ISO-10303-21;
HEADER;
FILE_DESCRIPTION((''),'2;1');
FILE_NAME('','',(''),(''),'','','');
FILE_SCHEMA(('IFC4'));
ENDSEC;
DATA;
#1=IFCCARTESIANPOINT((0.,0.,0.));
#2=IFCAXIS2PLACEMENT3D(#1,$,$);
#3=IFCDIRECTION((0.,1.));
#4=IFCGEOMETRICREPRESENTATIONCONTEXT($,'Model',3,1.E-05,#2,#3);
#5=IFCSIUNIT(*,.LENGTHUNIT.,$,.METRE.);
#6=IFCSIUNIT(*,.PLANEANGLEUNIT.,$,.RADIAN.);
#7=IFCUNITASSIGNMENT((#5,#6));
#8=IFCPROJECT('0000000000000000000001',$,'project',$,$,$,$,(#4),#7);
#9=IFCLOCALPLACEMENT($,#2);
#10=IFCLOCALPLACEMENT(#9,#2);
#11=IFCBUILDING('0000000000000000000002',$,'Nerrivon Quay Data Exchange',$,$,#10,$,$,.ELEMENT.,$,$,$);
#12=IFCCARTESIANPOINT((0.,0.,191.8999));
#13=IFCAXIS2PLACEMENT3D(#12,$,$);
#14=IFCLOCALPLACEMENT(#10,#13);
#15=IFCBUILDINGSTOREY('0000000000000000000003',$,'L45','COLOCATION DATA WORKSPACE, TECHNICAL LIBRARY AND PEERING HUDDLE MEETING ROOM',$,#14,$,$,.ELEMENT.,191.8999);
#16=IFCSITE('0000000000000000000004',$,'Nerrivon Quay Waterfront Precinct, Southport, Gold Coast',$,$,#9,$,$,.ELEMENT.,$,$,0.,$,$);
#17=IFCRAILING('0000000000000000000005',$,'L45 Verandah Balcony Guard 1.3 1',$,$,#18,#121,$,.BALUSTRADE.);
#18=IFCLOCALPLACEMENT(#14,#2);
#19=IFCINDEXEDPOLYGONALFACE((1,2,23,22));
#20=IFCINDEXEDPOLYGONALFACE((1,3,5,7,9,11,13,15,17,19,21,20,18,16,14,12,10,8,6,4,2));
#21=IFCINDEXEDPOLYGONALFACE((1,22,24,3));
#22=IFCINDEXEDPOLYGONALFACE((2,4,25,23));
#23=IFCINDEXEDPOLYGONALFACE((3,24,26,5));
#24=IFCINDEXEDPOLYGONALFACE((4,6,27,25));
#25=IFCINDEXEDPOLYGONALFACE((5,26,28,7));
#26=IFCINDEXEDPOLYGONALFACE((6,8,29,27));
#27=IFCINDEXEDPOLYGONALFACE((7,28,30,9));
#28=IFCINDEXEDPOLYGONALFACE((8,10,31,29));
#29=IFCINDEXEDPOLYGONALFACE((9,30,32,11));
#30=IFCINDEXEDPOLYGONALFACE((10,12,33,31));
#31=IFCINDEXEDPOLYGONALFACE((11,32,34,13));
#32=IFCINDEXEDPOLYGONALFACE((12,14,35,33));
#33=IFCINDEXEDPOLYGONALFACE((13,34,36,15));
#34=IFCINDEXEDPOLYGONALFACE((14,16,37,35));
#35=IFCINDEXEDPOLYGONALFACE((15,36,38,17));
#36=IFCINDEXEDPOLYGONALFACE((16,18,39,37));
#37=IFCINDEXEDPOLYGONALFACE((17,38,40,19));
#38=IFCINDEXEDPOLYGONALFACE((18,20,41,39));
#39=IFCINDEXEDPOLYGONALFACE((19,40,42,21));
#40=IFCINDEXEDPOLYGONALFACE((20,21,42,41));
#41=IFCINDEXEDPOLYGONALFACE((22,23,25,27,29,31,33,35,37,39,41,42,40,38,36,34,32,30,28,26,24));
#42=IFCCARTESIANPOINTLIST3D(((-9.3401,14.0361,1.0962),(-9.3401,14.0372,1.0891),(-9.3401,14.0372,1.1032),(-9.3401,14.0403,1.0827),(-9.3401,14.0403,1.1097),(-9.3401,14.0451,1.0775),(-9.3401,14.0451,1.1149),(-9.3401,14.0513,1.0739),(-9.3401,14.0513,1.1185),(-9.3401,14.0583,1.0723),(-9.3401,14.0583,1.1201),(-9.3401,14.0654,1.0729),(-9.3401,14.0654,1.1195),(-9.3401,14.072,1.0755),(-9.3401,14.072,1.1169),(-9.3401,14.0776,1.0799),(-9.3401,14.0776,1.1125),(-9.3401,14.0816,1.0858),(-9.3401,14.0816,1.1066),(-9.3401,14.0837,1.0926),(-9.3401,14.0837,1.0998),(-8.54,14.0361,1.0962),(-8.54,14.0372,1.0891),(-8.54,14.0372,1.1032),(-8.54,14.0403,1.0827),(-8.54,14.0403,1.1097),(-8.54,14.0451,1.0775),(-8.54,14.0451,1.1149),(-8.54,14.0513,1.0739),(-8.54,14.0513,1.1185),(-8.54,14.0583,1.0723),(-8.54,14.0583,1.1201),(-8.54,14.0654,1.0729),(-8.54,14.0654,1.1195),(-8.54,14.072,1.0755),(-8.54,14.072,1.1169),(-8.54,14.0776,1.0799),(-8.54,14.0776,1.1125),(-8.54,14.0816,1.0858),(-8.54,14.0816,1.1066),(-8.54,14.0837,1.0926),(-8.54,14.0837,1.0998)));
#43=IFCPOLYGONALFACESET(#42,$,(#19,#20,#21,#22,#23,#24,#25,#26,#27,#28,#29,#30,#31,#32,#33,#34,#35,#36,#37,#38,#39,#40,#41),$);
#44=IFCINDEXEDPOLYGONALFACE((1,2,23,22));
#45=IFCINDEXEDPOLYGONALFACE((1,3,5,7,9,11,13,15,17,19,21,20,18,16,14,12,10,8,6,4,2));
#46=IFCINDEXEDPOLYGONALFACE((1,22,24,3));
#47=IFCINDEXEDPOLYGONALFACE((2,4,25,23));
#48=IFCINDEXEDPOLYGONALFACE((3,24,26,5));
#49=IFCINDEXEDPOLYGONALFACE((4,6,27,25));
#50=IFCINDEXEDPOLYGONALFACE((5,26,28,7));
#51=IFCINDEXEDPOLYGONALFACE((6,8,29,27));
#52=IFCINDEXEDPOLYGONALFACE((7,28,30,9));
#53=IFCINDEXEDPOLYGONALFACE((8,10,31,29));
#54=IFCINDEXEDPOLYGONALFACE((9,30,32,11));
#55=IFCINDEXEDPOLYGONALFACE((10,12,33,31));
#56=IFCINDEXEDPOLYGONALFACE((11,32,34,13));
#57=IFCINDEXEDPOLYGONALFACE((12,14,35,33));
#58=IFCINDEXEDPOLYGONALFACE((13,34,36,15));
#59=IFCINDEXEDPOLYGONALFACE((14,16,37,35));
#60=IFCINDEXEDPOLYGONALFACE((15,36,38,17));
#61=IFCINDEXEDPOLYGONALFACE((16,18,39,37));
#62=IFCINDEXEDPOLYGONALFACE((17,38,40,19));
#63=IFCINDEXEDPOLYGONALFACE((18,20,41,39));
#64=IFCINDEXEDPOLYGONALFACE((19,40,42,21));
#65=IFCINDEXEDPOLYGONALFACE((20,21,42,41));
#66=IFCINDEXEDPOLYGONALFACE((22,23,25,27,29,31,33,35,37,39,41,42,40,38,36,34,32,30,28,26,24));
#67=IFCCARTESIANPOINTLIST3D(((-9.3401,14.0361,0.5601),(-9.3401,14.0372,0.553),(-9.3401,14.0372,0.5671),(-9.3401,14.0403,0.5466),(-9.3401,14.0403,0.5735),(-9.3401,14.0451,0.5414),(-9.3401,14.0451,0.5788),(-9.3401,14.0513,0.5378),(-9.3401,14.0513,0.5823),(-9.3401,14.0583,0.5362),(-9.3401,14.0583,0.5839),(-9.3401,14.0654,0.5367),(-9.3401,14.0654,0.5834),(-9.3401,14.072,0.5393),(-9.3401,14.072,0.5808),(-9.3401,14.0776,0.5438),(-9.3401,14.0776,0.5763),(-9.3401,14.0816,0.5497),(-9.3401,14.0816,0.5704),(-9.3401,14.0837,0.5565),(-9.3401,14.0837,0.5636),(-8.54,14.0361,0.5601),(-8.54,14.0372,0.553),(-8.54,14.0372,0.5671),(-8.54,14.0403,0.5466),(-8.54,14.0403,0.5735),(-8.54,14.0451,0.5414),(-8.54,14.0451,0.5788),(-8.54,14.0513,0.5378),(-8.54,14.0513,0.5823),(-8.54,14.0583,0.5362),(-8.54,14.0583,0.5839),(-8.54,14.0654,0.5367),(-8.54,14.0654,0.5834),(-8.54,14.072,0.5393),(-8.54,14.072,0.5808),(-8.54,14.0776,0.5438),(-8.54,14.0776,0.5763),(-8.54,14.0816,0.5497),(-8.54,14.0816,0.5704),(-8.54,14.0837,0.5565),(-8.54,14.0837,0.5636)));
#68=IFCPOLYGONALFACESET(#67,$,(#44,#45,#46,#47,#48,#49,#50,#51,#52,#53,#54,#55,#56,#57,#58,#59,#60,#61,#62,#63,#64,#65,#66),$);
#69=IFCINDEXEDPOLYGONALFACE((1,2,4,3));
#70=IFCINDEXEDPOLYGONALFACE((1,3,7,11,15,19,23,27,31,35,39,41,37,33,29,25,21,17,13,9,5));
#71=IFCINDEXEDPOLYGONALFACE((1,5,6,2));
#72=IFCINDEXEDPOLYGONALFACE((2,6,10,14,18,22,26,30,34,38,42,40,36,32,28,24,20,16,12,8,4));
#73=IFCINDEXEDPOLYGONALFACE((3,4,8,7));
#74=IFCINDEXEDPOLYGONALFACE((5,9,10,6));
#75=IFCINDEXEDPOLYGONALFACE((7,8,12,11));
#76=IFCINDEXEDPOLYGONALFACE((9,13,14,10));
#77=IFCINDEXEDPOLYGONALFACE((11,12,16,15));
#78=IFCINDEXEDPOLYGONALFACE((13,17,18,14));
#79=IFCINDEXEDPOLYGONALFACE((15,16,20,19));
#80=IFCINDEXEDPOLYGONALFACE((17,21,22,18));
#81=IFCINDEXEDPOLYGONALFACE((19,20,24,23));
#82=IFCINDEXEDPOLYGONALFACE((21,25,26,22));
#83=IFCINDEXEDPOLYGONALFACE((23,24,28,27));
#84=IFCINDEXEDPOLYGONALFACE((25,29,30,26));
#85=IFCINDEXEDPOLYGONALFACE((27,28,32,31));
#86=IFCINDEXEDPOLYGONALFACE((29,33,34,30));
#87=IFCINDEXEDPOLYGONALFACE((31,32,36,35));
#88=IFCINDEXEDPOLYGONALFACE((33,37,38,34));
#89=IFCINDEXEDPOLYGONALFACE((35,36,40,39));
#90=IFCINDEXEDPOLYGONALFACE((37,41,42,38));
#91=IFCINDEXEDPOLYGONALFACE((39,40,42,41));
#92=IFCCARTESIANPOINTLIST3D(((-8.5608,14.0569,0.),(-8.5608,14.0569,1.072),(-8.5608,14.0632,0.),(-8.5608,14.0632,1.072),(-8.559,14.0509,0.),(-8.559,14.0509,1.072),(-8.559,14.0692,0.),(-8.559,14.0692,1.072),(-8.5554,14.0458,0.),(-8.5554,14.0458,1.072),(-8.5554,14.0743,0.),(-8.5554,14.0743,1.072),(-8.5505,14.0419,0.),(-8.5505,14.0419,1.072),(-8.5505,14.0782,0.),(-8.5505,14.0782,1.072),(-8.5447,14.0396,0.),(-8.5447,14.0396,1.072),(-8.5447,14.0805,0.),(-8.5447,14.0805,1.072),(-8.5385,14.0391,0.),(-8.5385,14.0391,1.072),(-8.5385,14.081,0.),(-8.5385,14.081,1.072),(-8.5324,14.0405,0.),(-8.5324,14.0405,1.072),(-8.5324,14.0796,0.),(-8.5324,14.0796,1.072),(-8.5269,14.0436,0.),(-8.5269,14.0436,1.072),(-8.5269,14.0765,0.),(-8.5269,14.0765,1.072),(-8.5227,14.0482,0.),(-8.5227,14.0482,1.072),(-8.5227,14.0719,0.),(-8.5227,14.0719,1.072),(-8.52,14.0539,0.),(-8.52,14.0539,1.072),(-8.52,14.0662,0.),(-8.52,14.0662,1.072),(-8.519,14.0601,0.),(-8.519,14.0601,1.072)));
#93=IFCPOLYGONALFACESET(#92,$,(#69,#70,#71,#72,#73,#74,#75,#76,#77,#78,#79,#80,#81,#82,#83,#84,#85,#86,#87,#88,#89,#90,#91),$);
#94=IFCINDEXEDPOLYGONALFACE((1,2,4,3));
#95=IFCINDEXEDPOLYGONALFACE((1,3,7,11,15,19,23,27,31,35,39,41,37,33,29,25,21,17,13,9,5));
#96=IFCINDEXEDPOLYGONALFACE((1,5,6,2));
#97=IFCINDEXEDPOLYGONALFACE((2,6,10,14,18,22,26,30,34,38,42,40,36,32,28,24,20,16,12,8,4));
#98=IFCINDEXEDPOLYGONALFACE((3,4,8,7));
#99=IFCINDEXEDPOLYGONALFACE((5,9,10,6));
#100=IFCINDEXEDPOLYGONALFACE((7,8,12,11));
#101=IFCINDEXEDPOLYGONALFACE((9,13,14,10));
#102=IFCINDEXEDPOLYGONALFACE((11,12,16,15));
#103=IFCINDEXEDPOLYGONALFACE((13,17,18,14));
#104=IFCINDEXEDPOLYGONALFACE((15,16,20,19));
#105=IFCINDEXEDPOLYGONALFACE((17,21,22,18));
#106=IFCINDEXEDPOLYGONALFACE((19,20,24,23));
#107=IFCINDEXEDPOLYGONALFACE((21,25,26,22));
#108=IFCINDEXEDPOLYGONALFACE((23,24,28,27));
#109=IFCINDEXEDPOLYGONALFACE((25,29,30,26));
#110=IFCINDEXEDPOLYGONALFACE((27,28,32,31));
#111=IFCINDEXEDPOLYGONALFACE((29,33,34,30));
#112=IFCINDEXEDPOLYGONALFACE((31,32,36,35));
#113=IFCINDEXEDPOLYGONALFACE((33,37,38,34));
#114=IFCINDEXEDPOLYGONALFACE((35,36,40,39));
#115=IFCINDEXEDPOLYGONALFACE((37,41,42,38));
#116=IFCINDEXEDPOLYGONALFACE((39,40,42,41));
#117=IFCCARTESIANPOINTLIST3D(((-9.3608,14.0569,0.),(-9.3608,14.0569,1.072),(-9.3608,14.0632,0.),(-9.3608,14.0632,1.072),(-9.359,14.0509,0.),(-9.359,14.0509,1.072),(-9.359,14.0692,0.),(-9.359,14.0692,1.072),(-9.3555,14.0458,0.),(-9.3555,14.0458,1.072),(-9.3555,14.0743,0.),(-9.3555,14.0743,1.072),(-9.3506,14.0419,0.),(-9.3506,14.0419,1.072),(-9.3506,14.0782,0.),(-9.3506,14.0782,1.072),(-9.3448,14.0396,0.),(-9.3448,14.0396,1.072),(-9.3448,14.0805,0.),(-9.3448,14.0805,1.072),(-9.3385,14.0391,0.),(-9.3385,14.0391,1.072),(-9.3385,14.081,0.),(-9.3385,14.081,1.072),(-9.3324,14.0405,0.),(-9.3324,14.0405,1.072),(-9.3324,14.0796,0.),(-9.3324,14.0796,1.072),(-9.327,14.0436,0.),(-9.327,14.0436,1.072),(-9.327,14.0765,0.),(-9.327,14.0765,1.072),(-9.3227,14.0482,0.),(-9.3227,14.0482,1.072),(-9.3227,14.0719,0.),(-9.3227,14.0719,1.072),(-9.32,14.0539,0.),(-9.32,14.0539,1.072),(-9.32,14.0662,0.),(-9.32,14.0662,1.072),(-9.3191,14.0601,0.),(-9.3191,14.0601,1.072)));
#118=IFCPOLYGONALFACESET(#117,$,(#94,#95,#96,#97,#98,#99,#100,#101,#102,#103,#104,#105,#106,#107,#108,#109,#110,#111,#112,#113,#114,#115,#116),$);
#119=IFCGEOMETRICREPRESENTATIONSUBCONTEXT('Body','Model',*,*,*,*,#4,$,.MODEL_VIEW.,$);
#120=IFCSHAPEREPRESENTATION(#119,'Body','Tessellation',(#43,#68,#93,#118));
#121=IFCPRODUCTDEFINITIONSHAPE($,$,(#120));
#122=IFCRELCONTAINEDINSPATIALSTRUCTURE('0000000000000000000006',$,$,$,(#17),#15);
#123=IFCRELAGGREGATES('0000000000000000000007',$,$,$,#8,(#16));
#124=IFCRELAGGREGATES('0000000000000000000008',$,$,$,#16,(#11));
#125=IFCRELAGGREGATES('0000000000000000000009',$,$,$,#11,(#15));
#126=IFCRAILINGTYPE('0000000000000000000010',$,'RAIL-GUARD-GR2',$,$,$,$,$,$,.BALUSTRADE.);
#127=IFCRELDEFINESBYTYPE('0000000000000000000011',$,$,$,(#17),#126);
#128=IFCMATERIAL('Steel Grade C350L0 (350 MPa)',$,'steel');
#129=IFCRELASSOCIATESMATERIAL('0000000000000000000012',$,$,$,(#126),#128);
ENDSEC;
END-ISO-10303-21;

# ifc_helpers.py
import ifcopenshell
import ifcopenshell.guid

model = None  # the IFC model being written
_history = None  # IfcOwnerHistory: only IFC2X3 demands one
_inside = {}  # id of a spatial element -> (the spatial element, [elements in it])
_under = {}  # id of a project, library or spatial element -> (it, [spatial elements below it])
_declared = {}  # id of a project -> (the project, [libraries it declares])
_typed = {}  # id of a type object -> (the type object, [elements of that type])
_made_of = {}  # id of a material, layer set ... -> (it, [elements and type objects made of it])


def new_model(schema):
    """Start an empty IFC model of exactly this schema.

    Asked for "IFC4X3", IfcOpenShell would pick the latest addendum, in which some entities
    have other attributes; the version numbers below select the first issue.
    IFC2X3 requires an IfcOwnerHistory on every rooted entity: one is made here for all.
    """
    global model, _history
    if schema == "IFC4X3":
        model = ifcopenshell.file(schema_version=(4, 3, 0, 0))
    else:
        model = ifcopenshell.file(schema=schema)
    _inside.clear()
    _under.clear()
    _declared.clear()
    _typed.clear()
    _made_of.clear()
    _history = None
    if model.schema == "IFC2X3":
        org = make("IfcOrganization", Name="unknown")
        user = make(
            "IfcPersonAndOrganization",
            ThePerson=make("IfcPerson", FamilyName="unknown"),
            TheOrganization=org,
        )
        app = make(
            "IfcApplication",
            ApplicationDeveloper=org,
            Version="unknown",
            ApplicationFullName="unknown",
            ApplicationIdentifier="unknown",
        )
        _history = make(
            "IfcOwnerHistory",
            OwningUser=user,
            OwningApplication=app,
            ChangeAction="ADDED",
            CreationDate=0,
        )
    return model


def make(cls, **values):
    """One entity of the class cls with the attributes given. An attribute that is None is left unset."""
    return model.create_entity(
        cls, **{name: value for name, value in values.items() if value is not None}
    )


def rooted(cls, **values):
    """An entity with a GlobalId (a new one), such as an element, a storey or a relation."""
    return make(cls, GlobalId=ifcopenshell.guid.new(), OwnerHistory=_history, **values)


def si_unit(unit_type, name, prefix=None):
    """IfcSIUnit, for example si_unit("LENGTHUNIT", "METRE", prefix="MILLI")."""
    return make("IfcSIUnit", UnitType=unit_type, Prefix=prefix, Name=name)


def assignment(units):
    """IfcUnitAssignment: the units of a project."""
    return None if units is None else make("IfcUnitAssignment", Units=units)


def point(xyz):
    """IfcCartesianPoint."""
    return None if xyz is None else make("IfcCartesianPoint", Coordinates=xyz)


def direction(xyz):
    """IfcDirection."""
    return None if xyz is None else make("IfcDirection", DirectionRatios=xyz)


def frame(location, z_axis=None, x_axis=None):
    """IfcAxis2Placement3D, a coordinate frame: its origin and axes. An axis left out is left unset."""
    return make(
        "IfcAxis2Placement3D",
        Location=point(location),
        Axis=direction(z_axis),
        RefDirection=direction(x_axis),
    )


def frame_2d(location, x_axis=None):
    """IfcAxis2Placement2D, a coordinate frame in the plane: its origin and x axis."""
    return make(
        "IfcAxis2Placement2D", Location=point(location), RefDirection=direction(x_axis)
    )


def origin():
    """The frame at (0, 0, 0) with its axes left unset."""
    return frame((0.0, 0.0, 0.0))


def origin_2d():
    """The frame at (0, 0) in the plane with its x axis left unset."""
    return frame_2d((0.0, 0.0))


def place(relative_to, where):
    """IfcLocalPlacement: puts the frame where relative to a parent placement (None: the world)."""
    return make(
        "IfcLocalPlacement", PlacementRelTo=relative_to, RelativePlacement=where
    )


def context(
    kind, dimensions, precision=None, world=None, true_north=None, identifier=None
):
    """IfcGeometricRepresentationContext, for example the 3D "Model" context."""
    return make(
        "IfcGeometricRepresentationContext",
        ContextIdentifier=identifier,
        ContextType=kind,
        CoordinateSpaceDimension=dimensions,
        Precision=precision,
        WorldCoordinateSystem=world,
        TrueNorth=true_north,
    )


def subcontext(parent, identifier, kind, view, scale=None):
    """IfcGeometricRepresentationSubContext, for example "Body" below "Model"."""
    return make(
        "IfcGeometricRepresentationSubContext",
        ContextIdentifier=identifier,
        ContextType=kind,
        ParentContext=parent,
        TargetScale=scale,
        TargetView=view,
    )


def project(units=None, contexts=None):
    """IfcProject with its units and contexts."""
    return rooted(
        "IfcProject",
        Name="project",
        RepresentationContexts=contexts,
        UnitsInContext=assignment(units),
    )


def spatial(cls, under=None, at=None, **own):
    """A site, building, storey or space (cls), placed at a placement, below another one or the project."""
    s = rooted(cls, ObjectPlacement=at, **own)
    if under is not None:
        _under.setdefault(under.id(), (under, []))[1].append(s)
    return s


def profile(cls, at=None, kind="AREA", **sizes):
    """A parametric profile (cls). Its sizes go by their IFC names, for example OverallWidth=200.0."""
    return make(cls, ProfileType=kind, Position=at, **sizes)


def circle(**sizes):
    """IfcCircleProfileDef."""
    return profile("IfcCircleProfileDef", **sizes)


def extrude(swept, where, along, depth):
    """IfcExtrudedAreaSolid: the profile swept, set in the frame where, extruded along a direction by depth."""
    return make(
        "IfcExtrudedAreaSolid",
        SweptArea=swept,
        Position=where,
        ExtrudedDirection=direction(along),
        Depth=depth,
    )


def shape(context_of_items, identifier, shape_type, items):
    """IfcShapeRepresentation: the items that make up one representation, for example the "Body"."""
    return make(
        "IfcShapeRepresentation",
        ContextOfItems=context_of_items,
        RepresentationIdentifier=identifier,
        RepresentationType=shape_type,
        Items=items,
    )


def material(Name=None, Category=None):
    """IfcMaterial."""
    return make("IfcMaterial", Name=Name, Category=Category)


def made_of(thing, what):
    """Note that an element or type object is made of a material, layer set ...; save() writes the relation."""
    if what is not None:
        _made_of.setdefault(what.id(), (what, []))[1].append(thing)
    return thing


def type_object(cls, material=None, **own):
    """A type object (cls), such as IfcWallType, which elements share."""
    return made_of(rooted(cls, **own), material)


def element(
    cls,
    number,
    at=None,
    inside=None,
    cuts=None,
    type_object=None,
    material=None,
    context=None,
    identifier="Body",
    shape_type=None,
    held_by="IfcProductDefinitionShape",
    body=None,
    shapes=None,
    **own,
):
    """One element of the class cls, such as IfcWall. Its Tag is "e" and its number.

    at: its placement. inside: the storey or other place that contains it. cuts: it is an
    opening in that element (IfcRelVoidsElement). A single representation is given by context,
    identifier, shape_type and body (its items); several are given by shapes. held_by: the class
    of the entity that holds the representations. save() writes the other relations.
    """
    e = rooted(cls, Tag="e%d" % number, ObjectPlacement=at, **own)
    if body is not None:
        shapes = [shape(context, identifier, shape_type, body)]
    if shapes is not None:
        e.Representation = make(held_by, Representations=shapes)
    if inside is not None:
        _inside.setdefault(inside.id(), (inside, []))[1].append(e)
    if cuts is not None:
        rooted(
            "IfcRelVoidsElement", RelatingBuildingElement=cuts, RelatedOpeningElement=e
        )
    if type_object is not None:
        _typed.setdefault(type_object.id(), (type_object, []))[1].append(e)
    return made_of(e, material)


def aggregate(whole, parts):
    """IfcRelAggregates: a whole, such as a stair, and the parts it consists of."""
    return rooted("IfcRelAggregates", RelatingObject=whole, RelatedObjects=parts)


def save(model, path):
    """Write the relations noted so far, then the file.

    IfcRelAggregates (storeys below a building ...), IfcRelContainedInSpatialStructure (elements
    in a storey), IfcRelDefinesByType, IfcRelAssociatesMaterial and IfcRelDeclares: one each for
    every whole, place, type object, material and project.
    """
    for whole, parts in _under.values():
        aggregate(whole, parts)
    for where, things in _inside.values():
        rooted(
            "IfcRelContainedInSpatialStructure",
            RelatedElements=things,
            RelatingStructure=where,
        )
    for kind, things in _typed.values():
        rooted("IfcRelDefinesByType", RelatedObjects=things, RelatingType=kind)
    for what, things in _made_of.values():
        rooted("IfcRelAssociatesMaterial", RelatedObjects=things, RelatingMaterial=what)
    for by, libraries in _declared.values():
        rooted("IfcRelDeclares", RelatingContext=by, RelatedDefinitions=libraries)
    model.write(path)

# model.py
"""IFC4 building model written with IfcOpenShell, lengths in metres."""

from ifc_helpers import new_model, si_unit, direction, frame, origin, origin_2d, place, context, subcontext, project, spatial, circle, extrude, material, type_object, element, save


model = new_model("IFC4")

# Units and contexts
model_context = context("Model", 3, precision=1e-05, world=origin(), true_north=direction((0.0, 1.0)))
body_context = subcontext(model_context, "Body", "Model", "MODEL_VIEW")
ifc_project = project(units=[si_unit("LENGTHUNIT", "METRE"), si_unit("PLANEANGLEUNIT", "RADIAN")], contexts=[model_context])

# Site, building, storey
site_placement = place(None, origin())
site = spatial("IfcSite", under=ifc_project, at=site_placement, Name="Nerrivon Quay Waterfront Precinct, Southport, Gold Coast", CompositionType="ELEMENT", RefElevation=0.0)
building_placement = place(site_placement, origin())
building = spatial("IfcBuilding", under=site, at=building_placement, Name="Nerrivon Quay Data Exchange", CompositionType="ELEMENT")
storey_placement = place(building_placement, frame((0.0, 0.0, 191.8999)))
storey = spatial("IfcBuildingStorey", under=building, at=storey_placement, Name="L45", Description="COLOCATION DATA WORKSPACE, TECHNICAL LIBRARY AND PEERING HUDDLE MEETING ROOM", CompositionType="ELEMENT", Elevation=191.8999)

# Railing
ifc_material_1 = material(Name="Steel Grade C350L0 (350 MPa)", Category="steel")
railing_type = type_object("IfcRailingType", Name="RAIL-GUARD-GR2", PredefinedType="BALUSTRADE", material=ifc_material_1)
railing_1_placement = place(storey_placement, frame((-8.54, 14.0601, 0.0)))
element("IfcRailing", 1, at=railing_1_placement, inside=storey, type_object=railing_type, Name="L45 Verandah Balcony Guard 1.3 1", PredefinedType="BALUSTRADE", context=body_context, shape_type="SweptSolid", body=[
    extrude(circle(Radius=0.0239, at=origin_2d()), frame((0.0, 0.0, 1.0962), z_axis=(-1.0, 0.0, 0.0), x_axis=(0.0, -1.0, 0.0)), (0.0, 0.0, 1.0), 0.8),
    extrude(circle(Radius=0.0239, at=origin_2d()), frame((0.0, 0.0, 0.5601), z_axis=(-1.0, 0.0, 0.0), x_axis=(0.0, -1.0, 0.0)), (0.0, 0.0, 1.0), 0.8),
    extrude(circle(Radius=0.021, at=origin_2d()), origin(), (0.0, 0.0, 1.0), 1.072),
    extrude(circle(Radius=0.021, at=origin_2d()), frame((-0.8, 0.0, 0.0)), (0.0, 0.0, 1.0), 1.072),
])

save(model, "model.ifc")
